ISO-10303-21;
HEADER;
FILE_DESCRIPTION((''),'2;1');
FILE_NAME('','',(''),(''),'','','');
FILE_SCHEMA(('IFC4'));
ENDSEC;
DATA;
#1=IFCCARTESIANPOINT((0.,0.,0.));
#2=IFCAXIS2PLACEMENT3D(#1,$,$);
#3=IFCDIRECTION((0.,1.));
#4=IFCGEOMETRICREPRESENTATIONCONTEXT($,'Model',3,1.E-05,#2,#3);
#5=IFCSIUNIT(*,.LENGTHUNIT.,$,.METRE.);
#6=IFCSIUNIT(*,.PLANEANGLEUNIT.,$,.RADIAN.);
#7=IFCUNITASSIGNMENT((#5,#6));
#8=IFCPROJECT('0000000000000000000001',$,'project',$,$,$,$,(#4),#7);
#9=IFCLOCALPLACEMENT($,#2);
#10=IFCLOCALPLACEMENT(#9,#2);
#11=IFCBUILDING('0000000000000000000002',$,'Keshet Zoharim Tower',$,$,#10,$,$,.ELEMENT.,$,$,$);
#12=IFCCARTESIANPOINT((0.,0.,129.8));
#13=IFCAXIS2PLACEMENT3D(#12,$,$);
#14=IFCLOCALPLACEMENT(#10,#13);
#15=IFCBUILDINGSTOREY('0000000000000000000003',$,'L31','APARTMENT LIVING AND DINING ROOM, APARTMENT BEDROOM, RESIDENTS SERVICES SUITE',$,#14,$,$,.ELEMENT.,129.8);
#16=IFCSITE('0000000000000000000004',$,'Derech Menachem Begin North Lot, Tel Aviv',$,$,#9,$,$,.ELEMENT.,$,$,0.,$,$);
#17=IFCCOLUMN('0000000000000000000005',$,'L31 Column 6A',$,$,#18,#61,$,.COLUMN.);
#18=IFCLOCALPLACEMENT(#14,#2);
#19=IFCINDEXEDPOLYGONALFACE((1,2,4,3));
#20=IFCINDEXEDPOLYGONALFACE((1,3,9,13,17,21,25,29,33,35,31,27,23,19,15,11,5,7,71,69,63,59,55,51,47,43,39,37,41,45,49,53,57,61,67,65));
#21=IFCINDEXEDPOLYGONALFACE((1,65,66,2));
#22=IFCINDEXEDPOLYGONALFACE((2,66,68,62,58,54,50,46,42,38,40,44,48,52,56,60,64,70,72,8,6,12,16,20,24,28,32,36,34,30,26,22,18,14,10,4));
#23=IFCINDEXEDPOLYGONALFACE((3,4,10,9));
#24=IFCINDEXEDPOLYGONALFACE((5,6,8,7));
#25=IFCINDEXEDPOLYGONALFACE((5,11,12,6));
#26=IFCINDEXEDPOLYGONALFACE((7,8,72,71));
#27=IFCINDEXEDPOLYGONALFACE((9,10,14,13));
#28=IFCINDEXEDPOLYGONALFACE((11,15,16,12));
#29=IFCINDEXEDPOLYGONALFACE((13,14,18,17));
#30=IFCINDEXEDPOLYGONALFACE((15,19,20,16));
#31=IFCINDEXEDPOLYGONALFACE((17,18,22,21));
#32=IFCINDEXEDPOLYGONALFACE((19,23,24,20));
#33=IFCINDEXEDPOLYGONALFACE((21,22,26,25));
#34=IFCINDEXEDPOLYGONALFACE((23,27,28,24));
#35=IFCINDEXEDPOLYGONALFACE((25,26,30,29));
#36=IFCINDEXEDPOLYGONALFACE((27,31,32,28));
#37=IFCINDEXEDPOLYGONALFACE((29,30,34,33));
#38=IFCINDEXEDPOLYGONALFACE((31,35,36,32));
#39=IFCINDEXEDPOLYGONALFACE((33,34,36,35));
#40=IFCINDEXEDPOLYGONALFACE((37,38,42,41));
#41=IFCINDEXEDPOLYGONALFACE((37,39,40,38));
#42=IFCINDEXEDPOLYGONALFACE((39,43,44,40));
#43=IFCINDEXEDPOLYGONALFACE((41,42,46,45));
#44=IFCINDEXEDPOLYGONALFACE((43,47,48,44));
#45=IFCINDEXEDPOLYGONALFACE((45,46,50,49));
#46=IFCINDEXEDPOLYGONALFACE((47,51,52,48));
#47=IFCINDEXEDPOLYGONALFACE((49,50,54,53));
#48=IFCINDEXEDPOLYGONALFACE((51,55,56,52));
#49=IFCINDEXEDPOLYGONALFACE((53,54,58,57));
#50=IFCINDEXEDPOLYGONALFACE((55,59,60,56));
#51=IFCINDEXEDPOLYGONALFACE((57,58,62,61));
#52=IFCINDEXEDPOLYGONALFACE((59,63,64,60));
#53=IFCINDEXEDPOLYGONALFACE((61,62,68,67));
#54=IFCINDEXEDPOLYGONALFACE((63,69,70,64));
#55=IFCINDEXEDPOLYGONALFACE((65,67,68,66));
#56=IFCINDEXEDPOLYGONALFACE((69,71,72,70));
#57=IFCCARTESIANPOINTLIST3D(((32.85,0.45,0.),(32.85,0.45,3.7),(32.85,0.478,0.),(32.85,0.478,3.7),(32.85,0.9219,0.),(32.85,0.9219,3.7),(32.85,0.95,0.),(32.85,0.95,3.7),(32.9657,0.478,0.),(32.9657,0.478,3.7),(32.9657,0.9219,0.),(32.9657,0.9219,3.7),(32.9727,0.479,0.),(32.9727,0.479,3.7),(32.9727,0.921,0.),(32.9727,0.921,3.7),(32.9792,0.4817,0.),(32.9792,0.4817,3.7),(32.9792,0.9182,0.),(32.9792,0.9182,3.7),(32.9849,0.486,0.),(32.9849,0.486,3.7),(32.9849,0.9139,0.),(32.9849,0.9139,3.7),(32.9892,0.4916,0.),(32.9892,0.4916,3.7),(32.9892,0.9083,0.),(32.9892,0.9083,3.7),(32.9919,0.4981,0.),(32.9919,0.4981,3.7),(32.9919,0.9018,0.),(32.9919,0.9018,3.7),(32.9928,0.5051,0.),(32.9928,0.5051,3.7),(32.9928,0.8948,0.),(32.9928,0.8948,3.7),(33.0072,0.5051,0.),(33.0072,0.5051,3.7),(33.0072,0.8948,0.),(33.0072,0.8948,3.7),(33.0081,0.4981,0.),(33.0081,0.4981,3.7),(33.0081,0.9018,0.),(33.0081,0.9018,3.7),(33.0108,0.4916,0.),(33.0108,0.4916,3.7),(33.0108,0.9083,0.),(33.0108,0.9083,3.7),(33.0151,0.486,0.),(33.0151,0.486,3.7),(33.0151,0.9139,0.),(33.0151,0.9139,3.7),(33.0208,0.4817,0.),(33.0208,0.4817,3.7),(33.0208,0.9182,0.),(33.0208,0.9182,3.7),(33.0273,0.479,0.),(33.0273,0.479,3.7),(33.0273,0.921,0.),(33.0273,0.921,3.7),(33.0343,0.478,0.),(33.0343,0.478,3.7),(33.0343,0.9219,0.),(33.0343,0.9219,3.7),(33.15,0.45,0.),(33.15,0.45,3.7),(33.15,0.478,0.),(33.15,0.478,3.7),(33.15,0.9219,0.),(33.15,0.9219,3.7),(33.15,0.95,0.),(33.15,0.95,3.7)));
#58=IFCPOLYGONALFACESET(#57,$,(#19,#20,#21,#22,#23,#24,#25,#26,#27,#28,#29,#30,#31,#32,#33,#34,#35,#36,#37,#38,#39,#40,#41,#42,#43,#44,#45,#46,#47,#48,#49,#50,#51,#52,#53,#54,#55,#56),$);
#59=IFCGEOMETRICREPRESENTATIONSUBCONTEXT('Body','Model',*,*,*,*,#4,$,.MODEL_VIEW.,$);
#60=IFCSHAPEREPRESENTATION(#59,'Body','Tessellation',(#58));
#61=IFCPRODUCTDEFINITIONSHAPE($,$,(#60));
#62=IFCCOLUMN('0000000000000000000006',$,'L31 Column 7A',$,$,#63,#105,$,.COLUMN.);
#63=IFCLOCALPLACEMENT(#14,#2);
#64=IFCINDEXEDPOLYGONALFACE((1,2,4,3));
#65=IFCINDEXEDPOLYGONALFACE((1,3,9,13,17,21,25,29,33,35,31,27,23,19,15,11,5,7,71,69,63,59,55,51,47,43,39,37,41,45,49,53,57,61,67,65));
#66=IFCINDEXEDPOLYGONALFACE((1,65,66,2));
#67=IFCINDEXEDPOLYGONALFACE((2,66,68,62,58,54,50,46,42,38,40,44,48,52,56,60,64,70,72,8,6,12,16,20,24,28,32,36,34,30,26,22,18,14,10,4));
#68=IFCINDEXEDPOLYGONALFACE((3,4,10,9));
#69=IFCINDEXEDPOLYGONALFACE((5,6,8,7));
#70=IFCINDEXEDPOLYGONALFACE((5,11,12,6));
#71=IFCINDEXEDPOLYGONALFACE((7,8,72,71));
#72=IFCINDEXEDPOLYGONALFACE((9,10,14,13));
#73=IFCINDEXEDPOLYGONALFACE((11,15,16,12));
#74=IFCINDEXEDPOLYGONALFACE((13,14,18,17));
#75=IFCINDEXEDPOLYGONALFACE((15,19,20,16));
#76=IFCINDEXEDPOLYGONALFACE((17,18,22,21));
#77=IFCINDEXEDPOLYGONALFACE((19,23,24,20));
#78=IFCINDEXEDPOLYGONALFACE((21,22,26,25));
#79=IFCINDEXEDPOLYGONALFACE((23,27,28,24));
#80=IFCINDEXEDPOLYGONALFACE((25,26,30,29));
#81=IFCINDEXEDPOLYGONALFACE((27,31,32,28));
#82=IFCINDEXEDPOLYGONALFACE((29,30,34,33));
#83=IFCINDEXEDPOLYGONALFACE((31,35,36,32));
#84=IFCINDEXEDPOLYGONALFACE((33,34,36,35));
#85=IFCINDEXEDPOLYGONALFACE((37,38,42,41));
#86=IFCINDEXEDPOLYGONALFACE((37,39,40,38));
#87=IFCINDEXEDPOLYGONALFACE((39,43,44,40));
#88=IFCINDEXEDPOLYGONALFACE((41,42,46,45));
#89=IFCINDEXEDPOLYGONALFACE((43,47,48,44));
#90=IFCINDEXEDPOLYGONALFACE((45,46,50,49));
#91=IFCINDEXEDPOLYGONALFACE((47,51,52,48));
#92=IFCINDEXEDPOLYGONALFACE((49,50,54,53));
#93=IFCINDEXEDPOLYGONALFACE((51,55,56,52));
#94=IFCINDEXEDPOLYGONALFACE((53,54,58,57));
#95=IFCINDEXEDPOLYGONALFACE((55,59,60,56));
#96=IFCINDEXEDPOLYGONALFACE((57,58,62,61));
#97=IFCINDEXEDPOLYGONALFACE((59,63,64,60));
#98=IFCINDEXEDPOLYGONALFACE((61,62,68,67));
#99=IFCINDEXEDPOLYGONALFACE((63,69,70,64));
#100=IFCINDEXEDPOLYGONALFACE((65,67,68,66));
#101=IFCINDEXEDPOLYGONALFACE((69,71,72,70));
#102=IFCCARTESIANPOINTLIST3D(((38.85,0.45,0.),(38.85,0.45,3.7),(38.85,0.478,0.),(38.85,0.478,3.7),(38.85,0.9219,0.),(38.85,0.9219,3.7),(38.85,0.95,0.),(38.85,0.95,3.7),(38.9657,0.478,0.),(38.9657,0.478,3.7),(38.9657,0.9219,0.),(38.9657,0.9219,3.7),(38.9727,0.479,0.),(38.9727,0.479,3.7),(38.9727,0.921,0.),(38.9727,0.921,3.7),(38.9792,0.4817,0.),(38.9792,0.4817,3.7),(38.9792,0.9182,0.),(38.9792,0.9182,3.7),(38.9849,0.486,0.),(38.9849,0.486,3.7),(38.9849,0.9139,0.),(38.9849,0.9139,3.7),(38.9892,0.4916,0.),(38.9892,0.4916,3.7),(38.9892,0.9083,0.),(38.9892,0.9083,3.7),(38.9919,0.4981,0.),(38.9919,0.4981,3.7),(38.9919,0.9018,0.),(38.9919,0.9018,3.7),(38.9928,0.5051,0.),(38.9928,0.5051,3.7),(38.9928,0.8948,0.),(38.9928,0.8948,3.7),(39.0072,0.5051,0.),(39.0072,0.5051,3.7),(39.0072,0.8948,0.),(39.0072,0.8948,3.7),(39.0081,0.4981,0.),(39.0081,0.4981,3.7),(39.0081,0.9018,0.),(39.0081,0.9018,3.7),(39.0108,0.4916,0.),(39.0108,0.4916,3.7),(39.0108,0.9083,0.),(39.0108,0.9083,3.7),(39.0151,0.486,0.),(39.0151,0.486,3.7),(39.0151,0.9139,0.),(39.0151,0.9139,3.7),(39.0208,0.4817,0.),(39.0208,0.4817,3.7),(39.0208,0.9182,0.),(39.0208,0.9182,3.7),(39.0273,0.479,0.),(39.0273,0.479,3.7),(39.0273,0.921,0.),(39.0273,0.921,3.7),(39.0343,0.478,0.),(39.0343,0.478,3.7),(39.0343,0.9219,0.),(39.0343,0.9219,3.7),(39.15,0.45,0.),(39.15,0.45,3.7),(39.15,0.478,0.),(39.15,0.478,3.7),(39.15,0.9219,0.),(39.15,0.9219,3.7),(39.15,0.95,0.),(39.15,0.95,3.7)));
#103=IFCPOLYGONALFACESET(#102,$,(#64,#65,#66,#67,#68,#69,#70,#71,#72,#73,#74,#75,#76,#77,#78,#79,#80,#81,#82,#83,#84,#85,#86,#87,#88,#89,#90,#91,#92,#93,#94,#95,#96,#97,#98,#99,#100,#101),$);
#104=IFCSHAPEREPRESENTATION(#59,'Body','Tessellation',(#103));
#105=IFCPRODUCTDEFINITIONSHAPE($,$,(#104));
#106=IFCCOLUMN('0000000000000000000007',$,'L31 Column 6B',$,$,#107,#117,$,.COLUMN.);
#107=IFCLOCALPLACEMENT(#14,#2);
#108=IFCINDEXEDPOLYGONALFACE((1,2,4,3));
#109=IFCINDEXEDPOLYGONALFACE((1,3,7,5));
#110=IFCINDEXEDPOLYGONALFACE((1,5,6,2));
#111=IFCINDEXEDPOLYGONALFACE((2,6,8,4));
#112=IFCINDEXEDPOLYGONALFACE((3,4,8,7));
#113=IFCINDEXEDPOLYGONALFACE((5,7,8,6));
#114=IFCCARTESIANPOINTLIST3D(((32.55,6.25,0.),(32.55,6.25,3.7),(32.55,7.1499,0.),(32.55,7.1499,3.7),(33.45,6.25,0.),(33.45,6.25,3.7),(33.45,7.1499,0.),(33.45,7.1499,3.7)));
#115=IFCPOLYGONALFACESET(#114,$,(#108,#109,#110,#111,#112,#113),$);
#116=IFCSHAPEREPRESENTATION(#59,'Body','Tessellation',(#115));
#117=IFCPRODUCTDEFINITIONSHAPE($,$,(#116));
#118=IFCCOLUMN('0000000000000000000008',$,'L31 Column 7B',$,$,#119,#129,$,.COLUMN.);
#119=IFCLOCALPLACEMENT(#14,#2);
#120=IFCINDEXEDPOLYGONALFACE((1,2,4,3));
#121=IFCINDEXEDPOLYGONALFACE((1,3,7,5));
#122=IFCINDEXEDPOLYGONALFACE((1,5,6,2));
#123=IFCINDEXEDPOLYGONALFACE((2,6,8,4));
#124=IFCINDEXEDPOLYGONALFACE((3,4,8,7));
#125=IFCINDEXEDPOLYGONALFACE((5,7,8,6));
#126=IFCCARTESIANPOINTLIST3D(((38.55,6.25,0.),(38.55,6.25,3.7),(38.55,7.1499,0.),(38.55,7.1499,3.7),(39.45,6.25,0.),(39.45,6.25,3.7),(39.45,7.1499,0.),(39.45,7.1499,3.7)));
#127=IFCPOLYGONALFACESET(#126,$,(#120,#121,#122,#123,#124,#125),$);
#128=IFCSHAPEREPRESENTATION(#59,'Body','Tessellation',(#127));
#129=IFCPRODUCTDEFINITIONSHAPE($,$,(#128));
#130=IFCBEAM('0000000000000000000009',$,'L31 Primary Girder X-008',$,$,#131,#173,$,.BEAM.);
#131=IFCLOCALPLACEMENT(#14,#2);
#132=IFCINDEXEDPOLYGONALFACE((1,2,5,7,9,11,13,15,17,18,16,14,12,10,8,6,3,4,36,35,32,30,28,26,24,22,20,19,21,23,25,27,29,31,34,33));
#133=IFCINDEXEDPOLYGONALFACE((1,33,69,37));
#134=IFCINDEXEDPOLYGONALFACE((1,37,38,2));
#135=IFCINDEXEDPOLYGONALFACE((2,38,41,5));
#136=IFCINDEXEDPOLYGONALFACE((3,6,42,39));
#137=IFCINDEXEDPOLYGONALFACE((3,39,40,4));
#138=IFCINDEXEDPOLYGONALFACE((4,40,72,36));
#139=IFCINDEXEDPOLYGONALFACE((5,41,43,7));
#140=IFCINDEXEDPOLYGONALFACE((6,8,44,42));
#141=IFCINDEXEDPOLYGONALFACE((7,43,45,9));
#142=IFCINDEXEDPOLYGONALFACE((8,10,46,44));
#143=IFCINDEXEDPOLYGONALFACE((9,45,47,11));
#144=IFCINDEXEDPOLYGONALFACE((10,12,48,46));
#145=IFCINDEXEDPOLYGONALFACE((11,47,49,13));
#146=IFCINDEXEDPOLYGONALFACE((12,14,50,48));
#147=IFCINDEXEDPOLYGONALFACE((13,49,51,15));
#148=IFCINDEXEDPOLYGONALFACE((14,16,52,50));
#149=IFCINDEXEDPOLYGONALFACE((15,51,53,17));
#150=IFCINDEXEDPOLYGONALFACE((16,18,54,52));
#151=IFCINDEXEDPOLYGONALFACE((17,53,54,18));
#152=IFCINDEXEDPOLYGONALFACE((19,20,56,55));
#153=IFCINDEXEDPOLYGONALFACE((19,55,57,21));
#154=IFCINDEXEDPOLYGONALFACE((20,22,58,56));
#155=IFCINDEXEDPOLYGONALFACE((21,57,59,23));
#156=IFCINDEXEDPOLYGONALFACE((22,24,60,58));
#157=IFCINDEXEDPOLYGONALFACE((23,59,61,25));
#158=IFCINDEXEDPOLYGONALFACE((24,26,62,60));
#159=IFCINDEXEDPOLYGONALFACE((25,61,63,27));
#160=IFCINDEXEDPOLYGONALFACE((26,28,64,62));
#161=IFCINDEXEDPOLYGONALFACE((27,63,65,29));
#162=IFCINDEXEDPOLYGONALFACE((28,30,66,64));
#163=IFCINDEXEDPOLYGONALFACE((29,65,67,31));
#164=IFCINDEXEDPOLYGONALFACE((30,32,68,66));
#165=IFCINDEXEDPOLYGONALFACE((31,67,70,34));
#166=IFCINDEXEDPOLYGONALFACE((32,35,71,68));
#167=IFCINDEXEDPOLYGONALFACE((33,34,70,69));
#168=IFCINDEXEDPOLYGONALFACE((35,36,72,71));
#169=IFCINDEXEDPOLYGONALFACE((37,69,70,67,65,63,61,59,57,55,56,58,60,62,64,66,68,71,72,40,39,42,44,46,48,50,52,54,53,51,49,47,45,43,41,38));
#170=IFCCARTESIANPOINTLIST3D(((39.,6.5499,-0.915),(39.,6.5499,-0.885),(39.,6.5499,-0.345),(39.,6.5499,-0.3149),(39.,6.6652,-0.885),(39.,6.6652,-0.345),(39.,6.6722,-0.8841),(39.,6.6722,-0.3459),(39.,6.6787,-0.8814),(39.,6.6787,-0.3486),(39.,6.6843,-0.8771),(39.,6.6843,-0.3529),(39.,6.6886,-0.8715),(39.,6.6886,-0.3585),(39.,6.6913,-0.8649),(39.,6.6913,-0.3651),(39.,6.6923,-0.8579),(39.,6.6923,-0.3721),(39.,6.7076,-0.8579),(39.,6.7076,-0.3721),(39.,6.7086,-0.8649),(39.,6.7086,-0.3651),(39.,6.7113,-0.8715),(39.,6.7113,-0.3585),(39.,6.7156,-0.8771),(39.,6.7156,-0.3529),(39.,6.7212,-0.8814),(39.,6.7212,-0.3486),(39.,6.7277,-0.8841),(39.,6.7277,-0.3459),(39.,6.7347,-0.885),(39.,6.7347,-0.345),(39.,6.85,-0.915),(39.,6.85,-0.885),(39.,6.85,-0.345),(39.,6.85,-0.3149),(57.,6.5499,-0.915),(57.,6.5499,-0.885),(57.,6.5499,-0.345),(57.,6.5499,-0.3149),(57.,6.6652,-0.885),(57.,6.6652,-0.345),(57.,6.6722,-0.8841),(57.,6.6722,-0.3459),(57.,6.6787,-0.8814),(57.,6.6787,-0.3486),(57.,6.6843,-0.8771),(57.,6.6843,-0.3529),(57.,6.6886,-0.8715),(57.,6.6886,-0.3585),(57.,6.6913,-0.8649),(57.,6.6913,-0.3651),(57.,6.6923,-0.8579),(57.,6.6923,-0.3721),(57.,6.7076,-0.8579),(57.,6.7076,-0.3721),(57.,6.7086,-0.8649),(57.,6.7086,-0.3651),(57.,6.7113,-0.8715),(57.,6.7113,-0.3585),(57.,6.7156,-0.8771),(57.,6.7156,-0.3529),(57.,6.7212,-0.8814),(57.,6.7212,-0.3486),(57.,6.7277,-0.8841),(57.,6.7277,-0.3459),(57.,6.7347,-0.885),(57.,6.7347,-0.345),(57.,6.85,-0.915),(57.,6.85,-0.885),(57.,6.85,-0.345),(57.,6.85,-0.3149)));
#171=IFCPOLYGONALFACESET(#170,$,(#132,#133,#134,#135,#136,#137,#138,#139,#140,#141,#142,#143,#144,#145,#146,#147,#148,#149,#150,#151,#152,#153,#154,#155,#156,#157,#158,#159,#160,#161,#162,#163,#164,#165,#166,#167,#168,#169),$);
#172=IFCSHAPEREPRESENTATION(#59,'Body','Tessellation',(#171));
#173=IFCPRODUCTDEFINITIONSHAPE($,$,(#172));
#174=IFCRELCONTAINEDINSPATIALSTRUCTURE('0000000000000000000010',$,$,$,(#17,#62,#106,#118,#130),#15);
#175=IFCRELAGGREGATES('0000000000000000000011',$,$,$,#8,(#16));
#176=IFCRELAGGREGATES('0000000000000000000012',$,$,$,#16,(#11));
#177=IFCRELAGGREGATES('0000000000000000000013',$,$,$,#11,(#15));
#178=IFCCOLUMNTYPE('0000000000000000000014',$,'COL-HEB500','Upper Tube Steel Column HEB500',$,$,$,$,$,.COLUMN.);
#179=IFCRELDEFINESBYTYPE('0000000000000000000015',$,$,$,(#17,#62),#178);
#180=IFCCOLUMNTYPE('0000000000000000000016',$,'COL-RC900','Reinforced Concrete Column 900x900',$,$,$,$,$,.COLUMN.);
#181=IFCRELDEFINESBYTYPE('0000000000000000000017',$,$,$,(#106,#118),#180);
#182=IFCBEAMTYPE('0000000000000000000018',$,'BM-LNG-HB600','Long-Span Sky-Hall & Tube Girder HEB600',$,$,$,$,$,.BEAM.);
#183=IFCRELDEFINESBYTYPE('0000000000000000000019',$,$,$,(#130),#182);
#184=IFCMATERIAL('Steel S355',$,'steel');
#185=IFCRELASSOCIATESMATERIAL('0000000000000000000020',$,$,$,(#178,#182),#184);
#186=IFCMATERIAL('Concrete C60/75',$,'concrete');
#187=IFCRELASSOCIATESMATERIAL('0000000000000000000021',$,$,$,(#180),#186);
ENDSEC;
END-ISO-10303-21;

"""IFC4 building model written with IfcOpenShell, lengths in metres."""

from ifc_helpers import new_model, si_unit, direction, frame, origin, origin_2d, place, context, subcontext, project, spatial, rectangle, i_section, extrude, material, material_profile, profile_set, type_object, element, save


model = new_model("IFC4")

# Units and contexts
model_context = context("Model", 3, precision=1e-05, world=origin(), true_north=direction((0.0, 1.0)))
body_context = subcontext(model_context, "Body", "Model", "MODEL_VIEW")
ifc_project = project(units=[si_unit("LENGTHUNIT", "METRE"), si_unit("PLANEANGLEUNIT", "RADIAN")], contexts=[model_context])

# Site, building, storey
site_placement = place(None, origin())
site = spatial("IfcSite", under=ifc_project, at=site_placement, Name="Derech Menachem Begin North Lot, Tel Aviv", CompositionType="ELEMENT", RefElevation=0.0)
building_placement = place(site_placement, origin())
building = spatial("IfcBuilding", under=site, at=building_placement, Name="Keshet Zoharim Tower", CompositionType="ELEMENT")
storey_placement = place(building_placement, frame((0.0, 0.0, 129.8)))
storey = spatial("IfcBuildingStorey", under=building, at=storey_placement, Name="L31", Description="APARTMENT LIVING AND DINING ROOM, APARTMENT BEDROOM, RESIDENTS SERVICES SUITE", CompositionType="ELEMENT", Elevation=129.8)

# Columns
ifc_material_1 = material(Name="Steel S355", Category="steel")
ifc_material_profile_1 = material_profile(ifc_material_1, i_section(OverallWidth=0.3, OverallDepth=0.5, WebThickness=0.0144, FlangeThickness=0.0281, FilletRadius=0.0271, at=origin_2d()), Name="HEB500")
ifc_profile_set_1 = profile_set([ifc_material_profile_1], Name="Steel S355")
column_type_1 = type_object("IfcColumnType", Name="COL-HEB500", Description="Upper Tube Steel Column HEB500", PredefinedType="COLUMN", material=ifc_profile_set_1)
for number, where, z_axis, x_axis, name in (
    (1, (33.0, 0.7, 0.0), (0.0, 0.0, 1.0), (1.0, 0.0, 0.0), "L31 Column 6A"),
    (2, (39.0, 0.7, 0.0), (0.0, 0.0, 1.0), (1.0, 0.0, 0.0), "L31 Column 7A"),
):
    element("IfcColumn", number, at=place(storey_placement, frame(where, z_axis=z_axis, x_axis=x_axis)), inside=storey, type_object=column_type_1, Name=name, PredefinedType="COLUMN", context=body_context, shape_type="SweptSolid", body=[
        extrude(i_section(OverallWidth=0.3, OverallDepth=0.5, WebThickness=0.0144, FlangeThickness=0.0281, FilletRadius=0.0271, at=origin_2d()), origin(), (0.0, 0.0, 1.0), 3.7),
    ])
ifc_material_2 = material(Name="Concrete C60/75", Category="concrete")
ifc_material_profile_2 = material_profile(ifc_material_2, rectangle(XDim=0.8999, YDim=0.8999, at=origin_2d()), Name="RC900x900")
ifc_profile_set_2 = profile_set([ifc_material_profile_2], Name="Concrete C60/75")
column_type_2 = type_object("IfcColumnType", Name="COL-RC900", Description="Reinforced Concrete Column 900x900", PredefinedType="COLUMN", material=ifc_profile_set_2)
for number, where, z_axis, x_axis, name in (
    (3, (33.0, 6.7, 0.0), (0.0, 0.0, 1.0), (1.0, 0.0, 0.0), "L31 Column 6B"),
    (4, (39.0, 6.7, 0.0), (0.0, 0.0, 1.0), (1.0, 0.0, 0.0), "L31 Column 7B"),
):
    element("IfcColumn", number, at=place(storey_placement, frame(where, z_axis=z_axis, x_axis=x_axis)), inside=storey, type_object=column_type_2, Name=name, PredefinedType="COLUMN", context=body_context, shape_type="SweptSolid", body=[
        extrude(rectangle(XDim=0.8999, YDim=0.8999, at=origin_2d()), origin(), (0.0, 0.0, 1.0), 3.7),
    ])

# Beam
ifc_material_profile_3 = material_profile(ifc_material_1, i_section(OverallWidth=0.3, OverallDepth=0.6001, WebThickness=0.0154, FlangeThickness=0.03, FilletRadius=0.0271, at=origin_2d()), Name="HEB600")
ifc_profile_set_3 = profile_set([ifc_material_profile_3], Name="Steel S355")
beam_type_1 = type_object("IfcBeamType", Name="BM-LNG-HB600", Description="Long-Span Sky-Hall & Tube Girder HEB600", PredefinedType="BEAM", material=ifc_profile_set_3)
beam_placement = place(storey_placement, frame((39.0, 6.7, -0.615), z_axis=(1.0, 0.0, 0.0), x_axis=(0.0, 1.0, 0.0)))
element("IfcBeam", 5, at=beam_placement, inside=storey, type_object=beam_type_1, Name="L31 Primary Girder X-008", PredefinedType="BEAM", context=body_context, shape_type="SweptSolid", body=[
    extrude(i_section(OverallWidth=0.3, OverallDepth=0.6001, WebThickness=0.0154, FlangeThickness=0.03, FilletRadius=0.0271, at=origin_2d()), origin(), (0.0, 0.0, 1.0), 18.0),
])

save(model, "model.ifc")
